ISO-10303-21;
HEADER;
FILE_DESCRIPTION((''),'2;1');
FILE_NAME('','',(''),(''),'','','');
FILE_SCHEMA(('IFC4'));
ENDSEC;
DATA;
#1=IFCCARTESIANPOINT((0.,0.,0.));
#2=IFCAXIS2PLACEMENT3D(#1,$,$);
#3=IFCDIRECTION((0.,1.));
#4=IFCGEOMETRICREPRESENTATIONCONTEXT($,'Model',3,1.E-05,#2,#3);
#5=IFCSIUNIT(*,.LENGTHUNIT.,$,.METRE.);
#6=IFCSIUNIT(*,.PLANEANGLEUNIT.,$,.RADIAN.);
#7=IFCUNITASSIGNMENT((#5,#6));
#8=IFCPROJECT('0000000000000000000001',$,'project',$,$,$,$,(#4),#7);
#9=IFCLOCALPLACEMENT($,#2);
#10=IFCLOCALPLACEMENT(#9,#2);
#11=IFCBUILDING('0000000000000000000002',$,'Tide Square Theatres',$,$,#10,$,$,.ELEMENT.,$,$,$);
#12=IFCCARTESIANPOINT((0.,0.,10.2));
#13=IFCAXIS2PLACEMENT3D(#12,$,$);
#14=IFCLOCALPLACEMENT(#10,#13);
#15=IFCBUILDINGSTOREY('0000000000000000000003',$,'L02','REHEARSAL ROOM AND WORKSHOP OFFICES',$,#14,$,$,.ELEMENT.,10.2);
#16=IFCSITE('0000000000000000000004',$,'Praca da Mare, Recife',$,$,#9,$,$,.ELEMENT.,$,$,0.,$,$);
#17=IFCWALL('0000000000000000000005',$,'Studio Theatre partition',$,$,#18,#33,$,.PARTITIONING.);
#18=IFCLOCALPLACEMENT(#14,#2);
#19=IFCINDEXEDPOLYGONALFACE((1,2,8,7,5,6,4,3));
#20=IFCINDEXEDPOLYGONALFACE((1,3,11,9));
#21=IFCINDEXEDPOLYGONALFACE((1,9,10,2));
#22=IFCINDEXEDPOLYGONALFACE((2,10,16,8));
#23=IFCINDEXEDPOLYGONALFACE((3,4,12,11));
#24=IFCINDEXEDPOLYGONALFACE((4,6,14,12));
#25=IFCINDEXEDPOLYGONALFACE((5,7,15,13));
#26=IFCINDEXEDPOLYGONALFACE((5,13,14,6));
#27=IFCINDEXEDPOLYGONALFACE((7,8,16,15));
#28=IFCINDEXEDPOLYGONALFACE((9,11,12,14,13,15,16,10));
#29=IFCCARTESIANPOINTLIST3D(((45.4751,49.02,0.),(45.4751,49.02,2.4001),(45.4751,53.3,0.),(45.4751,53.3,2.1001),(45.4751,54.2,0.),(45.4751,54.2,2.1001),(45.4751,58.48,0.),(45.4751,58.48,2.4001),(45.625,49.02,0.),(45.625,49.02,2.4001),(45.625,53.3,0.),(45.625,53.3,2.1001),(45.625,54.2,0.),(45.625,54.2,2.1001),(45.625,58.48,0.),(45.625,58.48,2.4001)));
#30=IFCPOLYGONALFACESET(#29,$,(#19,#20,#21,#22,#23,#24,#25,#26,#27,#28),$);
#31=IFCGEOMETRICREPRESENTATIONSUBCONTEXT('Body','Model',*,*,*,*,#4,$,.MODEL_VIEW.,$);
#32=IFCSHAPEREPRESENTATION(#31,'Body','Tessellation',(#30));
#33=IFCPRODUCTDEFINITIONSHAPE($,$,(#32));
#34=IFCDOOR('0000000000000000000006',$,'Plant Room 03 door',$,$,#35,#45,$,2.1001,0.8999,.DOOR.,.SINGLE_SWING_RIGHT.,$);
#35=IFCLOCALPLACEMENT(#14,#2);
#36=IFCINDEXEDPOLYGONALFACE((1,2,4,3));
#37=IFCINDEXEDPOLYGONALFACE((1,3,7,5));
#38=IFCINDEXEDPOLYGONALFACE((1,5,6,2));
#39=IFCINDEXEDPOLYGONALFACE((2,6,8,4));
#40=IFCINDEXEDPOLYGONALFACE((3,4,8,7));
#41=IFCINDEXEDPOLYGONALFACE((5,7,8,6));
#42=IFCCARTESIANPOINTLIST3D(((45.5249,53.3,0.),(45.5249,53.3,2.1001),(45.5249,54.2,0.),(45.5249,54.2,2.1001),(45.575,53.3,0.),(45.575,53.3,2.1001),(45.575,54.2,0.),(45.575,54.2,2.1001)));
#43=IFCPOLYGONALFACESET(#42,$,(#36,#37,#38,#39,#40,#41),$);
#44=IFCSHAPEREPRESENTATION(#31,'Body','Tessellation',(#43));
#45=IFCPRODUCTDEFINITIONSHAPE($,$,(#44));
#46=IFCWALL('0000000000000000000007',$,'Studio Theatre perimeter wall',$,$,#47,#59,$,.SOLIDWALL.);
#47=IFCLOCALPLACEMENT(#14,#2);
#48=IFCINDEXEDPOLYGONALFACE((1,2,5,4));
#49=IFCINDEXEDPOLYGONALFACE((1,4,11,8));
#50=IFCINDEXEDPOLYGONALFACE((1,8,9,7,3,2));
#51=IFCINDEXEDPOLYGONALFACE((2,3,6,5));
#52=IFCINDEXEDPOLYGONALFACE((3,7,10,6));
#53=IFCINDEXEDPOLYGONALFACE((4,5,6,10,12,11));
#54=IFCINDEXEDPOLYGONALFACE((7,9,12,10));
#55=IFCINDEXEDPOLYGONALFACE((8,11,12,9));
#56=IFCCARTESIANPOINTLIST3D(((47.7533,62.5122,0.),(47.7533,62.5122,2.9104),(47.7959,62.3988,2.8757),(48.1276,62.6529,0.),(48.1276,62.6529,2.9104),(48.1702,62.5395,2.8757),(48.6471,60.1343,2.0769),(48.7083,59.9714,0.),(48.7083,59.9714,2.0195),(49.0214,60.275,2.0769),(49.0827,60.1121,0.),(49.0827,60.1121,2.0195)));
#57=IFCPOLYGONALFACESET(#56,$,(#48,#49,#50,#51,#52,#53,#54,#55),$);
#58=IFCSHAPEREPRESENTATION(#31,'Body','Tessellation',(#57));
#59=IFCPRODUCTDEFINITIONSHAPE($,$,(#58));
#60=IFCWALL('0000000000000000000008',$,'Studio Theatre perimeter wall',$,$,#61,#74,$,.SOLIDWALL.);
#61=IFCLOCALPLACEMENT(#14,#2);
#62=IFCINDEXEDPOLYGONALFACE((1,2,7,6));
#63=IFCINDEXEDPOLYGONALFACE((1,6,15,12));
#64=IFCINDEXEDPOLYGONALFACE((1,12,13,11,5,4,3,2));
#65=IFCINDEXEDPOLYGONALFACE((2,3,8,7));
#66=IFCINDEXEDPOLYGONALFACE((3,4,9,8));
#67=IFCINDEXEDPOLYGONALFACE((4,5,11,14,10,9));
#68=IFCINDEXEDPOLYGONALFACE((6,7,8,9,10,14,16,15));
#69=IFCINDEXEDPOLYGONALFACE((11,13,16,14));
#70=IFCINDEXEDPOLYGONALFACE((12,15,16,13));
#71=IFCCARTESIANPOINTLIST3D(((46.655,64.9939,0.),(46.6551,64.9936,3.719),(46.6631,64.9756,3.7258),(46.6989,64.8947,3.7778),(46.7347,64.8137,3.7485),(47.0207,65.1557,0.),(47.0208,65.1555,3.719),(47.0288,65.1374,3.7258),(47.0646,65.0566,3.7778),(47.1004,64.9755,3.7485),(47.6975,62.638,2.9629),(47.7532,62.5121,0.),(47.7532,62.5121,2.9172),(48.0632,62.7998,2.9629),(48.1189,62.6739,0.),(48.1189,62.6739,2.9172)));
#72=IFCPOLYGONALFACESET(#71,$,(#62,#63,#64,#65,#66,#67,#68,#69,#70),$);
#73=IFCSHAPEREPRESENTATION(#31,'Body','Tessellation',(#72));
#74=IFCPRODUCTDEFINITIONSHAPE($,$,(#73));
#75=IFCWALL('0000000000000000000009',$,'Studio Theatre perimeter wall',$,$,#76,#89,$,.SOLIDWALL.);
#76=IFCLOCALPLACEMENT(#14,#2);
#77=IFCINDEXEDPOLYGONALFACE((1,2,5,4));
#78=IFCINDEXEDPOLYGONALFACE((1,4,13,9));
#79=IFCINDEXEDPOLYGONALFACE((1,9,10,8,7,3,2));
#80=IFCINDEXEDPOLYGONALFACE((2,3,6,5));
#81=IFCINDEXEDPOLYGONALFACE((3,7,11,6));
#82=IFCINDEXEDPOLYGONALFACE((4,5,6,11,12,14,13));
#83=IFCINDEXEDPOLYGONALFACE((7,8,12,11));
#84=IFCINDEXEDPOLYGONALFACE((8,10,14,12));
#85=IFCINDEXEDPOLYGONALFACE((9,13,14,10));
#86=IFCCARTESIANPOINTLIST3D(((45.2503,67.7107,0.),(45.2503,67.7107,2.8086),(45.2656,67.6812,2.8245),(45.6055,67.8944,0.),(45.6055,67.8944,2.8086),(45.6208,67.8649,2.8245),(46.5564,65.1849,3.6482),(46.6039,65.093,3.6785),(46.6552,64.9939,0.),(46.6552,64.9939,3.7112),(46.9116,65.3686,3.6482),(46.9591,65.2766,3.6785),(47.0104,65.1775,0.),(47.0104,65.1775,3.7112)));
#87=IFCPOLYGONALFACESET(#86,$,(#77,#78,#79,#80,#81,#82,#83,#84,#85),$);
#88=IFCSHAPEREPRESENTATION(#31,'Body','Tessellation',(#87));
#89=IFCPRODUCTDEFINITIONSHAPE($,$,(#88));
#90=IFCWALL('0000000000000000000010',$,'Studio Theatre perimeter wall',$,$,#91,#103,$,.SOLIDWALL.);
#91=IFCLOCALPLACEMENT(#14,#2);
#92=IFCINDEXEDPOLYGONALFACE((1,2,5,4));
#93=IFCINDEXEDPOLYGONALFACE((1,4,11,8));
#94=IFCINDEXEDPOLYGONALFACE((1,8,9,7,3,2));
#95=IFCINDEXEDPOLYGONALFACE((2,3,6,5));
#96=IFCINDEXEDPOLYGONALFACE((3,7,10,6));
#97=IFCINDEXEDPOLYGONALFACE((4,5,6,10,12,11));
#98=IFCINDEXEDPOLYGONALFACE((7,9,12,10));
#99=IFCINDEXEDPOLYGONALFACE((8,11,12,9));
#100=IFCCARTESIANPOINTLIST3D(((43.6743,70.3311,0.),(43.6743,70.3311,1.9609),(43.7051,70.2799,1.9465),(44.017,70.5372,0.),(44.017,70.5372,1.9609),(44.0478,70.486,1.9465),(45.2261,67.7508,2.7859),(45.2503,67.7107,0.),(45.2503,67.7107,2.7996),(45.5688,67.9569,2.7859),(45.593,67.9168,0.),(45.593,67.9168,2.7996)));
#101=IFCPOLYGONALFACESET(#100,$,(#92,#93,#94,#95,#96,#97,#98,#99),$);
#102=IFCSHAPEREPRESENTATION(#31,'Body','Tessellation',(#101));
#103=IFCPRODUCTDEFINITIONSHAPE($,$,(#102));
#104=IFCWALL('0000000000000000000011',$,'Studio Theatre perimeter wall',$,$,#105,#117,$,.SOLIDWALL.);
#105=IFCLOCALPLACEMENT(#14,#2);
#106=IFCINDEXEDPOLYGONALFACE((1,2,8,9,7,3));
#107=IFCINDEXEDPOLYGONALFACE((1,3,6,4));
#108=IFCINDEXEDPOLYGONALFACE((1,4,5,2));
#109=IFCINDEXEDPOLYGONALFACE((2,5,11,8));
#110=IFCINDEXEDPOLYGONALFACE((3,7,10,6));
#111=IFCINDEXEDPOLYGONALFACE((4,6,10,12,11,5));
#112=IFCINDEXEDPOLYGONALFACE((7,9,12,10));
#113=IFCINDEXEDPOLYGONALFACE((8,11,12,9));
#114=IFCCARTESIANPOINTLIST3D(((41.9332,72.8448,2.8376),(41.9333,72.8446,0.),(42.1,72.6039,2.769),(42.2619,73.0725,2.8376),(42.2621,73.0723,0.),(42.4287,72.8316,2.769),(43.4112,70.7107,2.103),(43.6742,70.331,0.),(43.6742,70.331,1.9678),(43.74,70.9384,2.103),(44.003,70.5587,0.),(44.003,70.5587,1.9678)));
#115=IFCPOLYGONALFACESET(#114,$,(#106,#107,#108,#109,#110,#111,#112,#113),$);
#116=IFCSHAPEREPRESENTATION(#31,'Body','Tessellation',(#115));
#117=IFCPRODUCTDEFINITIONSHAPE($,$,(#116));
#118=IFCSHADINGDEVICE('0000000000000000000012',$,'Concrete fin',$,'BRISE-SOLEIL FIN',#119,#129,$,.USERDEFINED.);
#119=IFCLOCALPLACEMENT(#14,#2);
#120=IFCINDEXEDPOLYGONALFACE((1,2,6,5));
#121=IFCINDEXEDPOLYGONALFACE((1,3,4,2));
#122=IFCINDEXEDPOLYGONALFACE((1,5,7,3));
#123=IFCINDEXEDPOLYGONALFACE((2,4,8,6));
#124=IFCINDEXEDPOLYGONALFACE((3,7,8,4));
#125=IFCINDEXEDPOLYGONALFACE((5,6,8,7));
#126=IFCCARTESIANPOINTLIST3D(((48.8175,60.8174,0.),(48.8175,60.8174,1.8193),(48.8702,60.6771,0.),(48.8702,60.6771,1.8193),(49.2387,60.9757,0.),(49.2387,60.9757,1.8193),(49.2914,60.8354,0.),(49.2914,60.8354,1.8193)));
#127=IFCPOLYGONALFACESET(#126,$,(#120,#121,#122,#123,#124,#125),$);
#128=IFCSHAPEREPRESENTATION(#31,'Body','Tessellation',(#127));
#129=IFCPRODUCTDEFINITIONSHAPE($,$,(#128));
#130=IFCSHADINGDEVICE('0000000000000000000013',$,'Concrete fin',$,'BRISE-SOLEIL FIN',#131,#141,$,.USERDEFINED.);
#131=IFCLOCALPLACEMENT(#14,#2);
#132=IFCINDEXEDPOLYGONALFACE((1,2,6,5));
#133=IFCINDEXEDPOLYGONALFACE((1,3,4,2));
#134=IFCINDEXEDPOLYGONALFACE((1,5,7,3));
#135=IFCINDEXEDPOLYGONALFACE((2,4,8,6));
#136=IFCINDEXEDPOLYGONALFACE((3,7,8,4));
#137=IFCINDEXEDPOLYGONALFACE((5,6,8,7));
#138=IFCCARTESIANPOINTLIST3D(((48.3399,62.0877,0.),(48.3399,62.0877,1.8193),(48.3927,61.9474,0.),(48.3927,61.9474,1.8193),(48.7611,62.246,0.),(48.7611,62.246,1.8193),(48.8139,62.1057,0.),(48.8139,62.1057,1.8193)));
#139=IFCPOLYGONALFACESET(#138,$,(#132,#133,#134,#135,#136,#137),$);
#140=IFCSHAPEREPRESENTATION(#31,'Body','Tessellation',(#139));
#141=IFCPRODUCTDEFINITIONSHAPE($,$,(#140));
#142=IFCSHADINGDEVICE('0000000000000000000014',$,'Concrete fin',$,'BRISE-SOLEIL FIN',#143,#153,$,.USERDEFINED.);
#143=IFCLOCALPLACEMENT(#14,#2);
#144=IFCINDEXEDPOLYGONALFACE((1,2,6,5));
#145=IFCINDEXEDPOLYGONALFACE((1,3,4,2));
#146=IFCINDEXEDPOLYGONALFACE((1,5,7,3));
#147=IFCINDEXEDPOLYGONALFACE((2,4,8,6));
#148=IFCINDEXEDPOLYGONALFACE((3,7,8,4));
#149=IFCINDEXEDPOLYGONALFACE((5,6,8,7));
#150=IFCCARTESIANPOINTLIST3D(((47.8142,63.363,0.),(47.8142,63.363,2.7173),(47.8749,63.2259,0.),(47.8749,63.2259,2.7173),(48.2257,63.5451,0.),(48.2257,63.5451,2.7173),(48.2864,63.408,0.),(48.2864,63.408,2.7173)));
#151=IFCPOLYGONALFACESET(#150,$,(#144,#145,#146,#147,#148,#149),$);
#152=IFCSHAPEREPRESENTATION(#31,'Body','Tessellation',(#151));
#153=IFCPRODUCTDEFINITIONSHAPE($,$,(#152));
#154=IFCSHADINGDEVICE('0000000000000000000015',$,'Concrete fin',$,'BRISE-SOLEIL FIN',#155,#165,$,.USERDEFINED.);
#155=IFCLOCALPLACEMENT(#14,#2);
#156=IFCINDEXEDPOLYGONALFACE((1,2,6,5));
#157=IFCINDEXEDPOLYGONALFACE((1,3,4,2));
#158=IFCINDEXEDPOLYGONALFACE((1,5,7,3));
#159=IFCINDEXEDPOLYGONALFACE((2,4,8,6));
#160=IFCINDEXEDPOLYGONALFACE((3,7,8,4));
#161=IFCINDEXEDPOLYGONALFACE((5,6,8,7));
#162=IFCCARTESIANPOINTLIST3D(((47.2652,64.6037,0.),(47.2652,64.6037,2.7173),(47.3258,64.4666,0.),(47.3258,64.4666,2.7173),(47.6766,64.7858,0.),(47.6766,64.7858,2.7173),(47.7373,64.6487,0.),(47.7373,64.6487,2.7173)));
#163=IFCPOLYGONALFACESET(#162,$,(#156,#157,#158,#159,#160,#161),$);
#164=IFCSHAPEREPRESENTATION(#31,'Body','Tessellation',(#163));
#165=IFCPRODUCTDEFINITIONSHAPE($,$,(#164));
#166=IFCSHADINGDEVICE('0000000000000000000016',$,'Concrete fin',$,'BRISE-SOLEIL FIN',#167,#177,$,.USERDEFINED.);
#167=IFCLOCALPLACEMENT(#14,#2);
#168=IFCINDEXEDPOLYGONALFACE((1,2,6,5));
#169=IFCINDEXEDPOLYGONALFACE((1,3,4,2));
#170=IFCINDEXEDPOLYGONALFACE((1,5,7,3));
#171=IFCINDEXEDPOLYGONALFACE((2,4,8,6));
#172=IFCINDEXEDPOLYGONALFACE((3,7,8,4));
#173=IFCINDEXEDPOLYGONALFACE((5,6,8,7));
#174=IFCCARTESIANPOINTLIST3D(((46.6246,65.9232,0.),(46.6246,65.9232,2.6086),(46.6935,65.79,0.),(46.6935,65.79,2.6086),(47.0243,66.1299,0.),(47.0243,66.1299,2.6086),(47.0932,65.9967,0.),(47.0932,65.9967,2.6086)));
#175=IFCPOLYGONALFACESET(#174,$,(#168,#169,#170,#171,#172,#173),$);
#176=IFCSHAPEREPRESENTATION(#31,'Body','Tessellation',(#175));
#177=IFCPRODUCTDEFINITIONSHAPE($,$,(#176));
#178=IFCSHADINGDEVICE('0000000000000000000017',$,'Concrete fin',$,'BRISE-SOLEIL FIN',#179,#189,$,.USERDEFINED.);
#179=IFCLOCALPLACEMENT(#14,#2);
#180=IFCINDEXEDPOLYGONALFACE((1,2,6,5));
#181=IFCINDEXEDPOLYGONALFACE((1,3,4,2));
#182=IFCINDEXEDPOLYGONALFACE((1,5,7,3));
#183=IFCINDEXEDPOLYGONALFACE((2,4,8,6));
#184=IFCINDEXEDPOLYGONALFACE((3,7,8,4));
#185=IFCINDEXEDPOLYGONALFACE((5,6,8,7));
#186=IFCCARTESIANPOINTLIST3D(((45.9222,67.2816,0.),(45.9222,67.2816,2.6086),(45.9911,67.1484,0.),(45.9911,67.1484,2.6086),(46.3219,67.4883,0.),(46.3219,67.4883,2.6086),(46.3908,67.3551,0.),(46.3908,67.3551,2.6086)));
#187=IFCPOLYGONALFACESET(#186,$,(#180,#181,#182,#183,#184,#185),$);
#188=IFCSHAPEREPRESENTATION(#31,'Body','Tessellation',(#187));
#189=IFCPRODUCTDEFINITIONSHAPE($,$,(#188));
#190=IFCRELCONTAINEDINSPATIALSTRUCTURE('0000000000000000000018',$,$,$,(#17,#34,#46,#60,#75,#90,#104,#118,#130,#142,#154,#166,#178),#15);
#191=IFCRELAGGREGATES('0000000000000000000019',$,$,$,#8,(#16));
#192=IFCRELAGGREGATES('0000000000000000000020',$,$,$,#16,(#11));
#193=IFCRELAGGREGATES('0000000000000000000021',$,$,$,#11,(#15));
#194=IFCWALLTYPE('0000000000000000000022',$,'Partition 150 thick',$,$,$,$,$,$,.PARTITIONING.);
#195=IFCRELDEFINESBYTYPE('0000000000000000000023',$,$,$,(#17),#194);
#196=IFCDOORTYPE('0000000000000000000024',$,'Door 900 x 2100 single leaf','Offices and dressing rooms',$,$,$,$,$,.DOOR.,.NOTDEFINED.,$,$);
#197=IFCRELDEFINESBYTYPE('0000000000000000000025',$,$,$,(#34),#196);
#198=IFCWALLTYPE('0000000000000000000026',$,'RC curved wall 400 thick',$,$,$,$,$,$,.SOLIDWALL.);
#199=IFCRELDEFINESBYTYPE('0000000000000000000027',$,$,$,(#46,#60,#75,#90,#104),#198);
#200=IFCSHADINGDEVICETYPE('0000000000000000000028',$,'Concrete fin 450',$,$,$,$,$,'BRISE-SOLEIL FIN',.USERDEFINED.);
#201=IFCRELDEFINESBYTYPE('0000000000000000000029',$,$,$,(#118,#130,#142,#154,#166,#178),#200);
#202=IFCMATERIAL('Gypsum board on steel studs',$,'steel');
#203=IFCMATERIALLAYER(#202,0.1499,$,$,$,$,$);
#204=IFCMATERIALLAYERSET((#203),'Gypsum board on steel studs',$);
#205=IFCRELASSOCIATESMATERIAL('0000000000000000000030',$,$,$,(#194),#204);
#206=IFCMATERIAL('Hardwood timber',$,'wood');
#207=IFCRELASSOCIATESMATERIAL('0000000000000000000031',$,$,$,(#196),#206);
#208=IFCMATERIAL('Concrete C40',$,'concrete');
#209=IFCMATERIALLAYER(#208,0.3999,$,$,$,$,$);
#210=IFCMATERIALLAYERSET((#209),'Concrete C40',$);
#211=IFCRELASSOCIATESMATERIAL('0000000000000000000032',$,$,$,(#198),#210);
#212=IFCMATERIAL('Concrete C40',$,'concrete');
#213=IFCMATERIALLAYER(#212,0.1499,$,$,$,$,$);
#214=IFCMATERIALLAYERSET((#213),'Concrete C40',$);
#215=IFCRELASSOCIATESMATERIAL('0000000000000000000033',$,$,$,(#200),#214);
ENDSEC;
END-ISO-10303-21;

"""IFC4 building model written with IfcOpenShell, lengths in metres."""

from ifc_helpers import new_model, si_unit, direction, frame, frame_2d, origin, origin_2d, place, context, subcontext, project, spatial, polyline, rectangle, outline, extrude, material, layer, layer_set, type_object, element, fill, save


model = new_model("IFC4")

# Units and contexts
model_context = context("Model", 3, precision=1e-05, world=origin(), true_north=direction((0.0, 1.0)))
body_context = subcontext(model_context, "Body", "Model", "MODEL_VIEW")
ifc_project = project(units=[si_unit("LENGTHUNIT", "METRE"), si_unit("PLANEANGLEUNIT", "RADIAN")], contexts=[model_context])

# Site, building, storey
site_placement = place(None, origin())
site = spatial("IfcSite", under=ifc_project, at=site_placement, Name="Praca da Mare, Recife", CompositionType="ELEMENT", RefElevation=0.0)
building_placement = place(site_placement, origin())
building = spatial("IfcBuilding", under=site, at=building_placement, Name="Tide Square Theatres", CompositionType="ELEMENT")
storey_placement = place(building_placement, frame((0.0, 0.0, 10.2)))
storey = spatial("IfcBuildingStorey", under=building, at=storey_placement, Name="L02", Description="REHEARSAL ROOM AND WORKSHOP OFFICES", CompositionType="ELEMENT", Elevation=10.2)

# Wall, opening, door
ifc_material_1 = material(Name="Gypsum board on steel studs", Category="steel")
ifc_layer_1 = layer(ifc_material_1, 0.1499)
ifc_layer_set_1 = layer_set([ifc_layer_1], Name="Gypsum board on steel studs")
wall_type_1 = type_object("IfcWallType", Name="Partition 150 thick", PredefinedType="PARTITIONING", material=ifc_layer_set_1)
wall_1_placement = place(storey_placement, frame((45.55, 58.48, 0.0), z_axis=(0.0, 0.0, 1.0), x_axis=(0.0, -1.0, 0.0)))
wall_1 = element("IfcWall", 1, at=wall_1_placement, inside=storey, type_object=wall_type_1, Name="Studio Theatre partition", PredefinedType="PARTITIONING", context=body_context, shape_type="SweptSolid", body=[
    extrude(rectangle(XDim=9.46, YDim=0.1499, at=frame_2d((4.73, 0.0))), origin(), (0.0, 0.0, 1.0), 2.4001),
])
opening_placement = place(wall_1_placement, frame((4.28, 0.0, 0.0)))
opening = element("IfcOpeningElement", 2, at=opening_placement, cuts=wall_1, PredefinedType="OPENING", context=body_context, shape_type="SweptSolid", body=[
    extrude(rectangle(XDim=0.8999, YDim=2.1001, at=frame_2d((0.45, 1.05))), frame((0.0, 0.085, 0.0), z_axis=(0.0, -1.0, 0.0), x_axis=(1.0, 0.0, 0.0)), (0.0, 0.0, 1.0), 0.1699),
])
ifc_material_2 = material(Name="Hardwood timber", Category="wood")
door_type = type_object("IfcDoorType", Name="Door 900 x 2100 single leaf", Description="Offices and dressing rooms", OperationType="NOTDEFINED", PredefinedType="DOOR", material=ifc_material_2)
door_placement = place(opening_placement, origin())
door = element("IfcDoor", 3, at=door_placement, inside=storey, type_object=door_type, Name="Plant Room 03 door", OperationType="SINGLE_SWING_RIGHT", OverallHeight=2.1001, OverallWidth=0.8999, PredefinedType="DOOR", context=body_context, shape_type="SweptSolid", body=[
    extrude(rectangle(XDim=0.8999, YDim=2.1001, at=frame_2d((0.45, 1.05))), frame((0.0, 0.0249, 0.0), z_axis=(0.0, -1.0, 0.0), x_axis=(1.0, 0.0, 0.0)), (0.0, 0.0, 1.0), 0.05),
])
fill(opening, door)

# Walls
ifc_material_3 = material(Name="Concrete C40", Category="concrete")
ifc_layer_2 = layer(ifc_material_3, 0.3999)
ifc_layer_set_2 = layer_set([ifc_layer_2], Name="Concrete C40")
wall_type_2 = type_object("IfcWallType", Name="RC curved wall 400 thick", PredefinedType="SOLIDWALL", material=ifc_layer_set_2)
wall_2_placement = place(storey_placement, frame((48.8955, 60.0417, 0.0), z_axis=(0.0, 0.0, 1.0), x_axis=(-0.351863, 0.936052, 0.0)))
element("IfcWall", 4, at=wall_2_placement, inside=storey, type_object=wall_type_2, Name="Studio Theatre perimeter wall", PredefinedType="SOLIDWALL", context=body_context, shape_type="SweptSolid", body=[
    extrude(outline(polyline([(0.0, 0.0), (2.7144, 0.0), (2.7144, 2.9104), (2.5933, 2.8757), (0.1741, 2.0769), (0.0, 2.0195), (0.0, 0.0)])), frame((0.0, 0.2, 0.0), z_axis=(0.0, -1.0, 0.0), x_axis=(1.0, 0.0, 0.0)), (0.0, 0.0, 1.0), 0.3999),
])
wall_3_placement = place(storey_placement, frame((47.936, 62.593, 0.0), z_axis=(0.0, 0.0, 1.0), x_axis=(-0.404652, 0.914471, 0.0)))
element("IfcWall", 5, at=wall_3_placement, inside=storey, type_object=wall_type_2, Name="Studio Theatre perimeter wall", PredefinedType="SOLIDWALL", context=body_context, shape_type="SweptSolid", body=[
    extrude(outline(polyline([(0.0, 0.0), (2.7139, 0.0), (2.7136, 3.719), (2.6938, 3.7258), (2.6055, 3.7778), (2.5168, 3.7485), (0.1377, 2.9629), (0.0, 2.9172), (0.0, 0.0)])), frame((0.0, 0.2, 0.0), z_axis=(0.0, -1.0, 0.0), x_axis=(1.0, 0.0, 0.0)), (0.0, 0.0, 1.0), 0.3999),
])
wall_4_placement = place(storey_placement, frame((46.8328, 65.0857, 0.0), z_axis=(0.0, 0.0, 1.0), x_axis=(-0.459306, 0.888278, 0.0)))
element("IfcWall", 6, at=wall_4_placement, inside=storey, type_object=wall_type_2, Name="Studio Theatre perimeter wall", PredefinedType="SOLIDWALL", context=body_context, shape_type="SweptSolid", body=[
    extrude(outline(polyline([(0.0, 0.0), (3.0586, 0.0), (3.0586, 2.8086), (3.0254, 2.8245), (0.2151, 3.6482), (0.1116, 3.6785), (0.0, 3.7112), (0.0, 0.0)])), frame((0.0, 0.2, 0.0), z_axis=(0.0, -1.0, 0.0), x_axis=(1.0, 0.0, 0.0)), (0.0, 0.0, 1.0), 0.3999),
])
wall_5_placement = place(storey_placement, frame((45.4216, 67.8137, 0.0), z_axis=(0.0, 0.0, 1.0), x_axis=(-0.515388, 0.856957, 0.0)))
element("IfcWall", 7, at=wall_5_placement, inside=storey, type_object=wall_type_2, Name="Studio Theatre perimeter wall", PredefinedType="SOLIDWALL", context=body_context, shape_type="SweptSolid", body=[
    extrude(outline(polyline([(0.0, 0.0), (3.0579, 0.0), (3.0579, 1.9609), (2.998, 1.9465), (0.0469, 2.7859), (0.0, 2.7996), (0.0, 0.0)])), frame((0.0, 0.2, 0.0), z_axis=(0.0, -1.0, 0.0), x_axis=(1.0, 0.0, 0.0)), (0.0, 0.0, 1.0), 0.3999),
])
wall_6_placement = place(storey_placement, frame((43.8386, 70.4448, 0.0), z_axis=(0.0, 0.0, 1.0), x_axis=(-0.569372, 0.82208, 0.0)))
element("IfcWall", 8, at=wall_6_placement, inside=storey, type_object=wall_type_2, Name="Studio Theatre perimeter wall", PredefinedType="SOLIDWALL", context=body_context, shape_type="SweptSolid", body=[
    extrude(outline(polyline([(0.0, 0.0), (3.0576, 0.0), (3.0579, 2.8376), (2.7649, 2.769), (0.4619, 2.103), (0.0, 1.9678), (0.0, 0.0)])), frame((0.0, 0.2, 0.0), z_axis=(0.0, -1.0, 0.0), x_axis=(1.0, 0.0, 0.0)), (0.0, 0.0, 1.0), 0.3999),
])

# Shading devices
ifc_material_4 = material(Name="Concrete C40", Category="concrete")
ifc_layer_3 = layer(ifc_material_4, 0.1499)
ifc_layer_set_3 = layer_set([ifc_layer_3], Name="Concrete C40")
shading_device_type = type_object("IfcShadingDeviceType", Name="Concrete fin 450", ElementType="BRISE-SOLEIL FIN", PredefinedType="USERDEFINED", material=ifc_layer_set_3)
for number, where, z_axis, x_axis, name in (
    (9, (49.0544, 60.8264, 0.0), (0.0, 0.0, 1.0), (-0.351874, 0.936047, 0.0), "Concrete fin"),
    (10, (48.5769, 62.0967, 0.0), (0.0, 0.0, 1.0), (-0.351874, 0.936047, 0.0), "Concrete fin"),
):
    element("IfcShadingDevice", number, at=place(storey_placement, frame(where, z_axis=z_axis, x_axis=x_axis)), inside=storey, type_object=shading_device_type, Name=name, ObjectType="BRISE-SOLEIL FIN", PredefinedType="USERDEFINED", context=body_context, shape_type="SweptSolid", body=[
        extrude(rectangle(XDim=0.1499, YDim=0.45, at=origin_2d()), origin(), (0.0, 0.0, 1.0), 1.8193),
    ])
for number, where, z_axis, x_axis, name in (
    (11, (48.0503, 63.3855, 0.0), (0.0, 0.0, 1.0), (-0.404631, 0.91448, 0.0), "Concrete fin"),
    (12, (47.5012, 64.6262, 0.0), (0.0, 0.0, 1.0), (-0.404631, 0.91448, 0.0), "Concrete fin"),
):
    element("IfcShadingDevice", number, at=place(storey_placement, frame(where, z_axis=z_axis, x_axis=x_axis)), inside=storey, type_object=shading_device_type, Name=name, ObjectType="BRISE-SOLEIL FIN", PredefinedType="USERDEFINED", context=body_context, shape_type="SweptSolid", body=[
        extrude(rectangle(XDim=0.1499, YDim=0.45, at=origin_2d()), origin(), (0.0, 0.0, 1.0), 2.7173),
    ])
for number, where, z_axis, x_axis, name in (
    (13, (46.8589, 65.96, 0.0), (0.0, 0.0, 1.0), (-0.459316, 0.888273, 0.0), "Concrete fin"),
    (14, (46.1565, 67.3184, 0.0), (0.0, 0.0, 1.0), (-0.459316, 0.888273, 0.0), "Concrete fin"),
):
    element("IfcShadingDevice", number, at=place(storey_placement, frame(where, z_axis=z_axis, x_axis=x_axis)), inside=storey, type_object=shading_device_type, Name=name, ObjectType="BRISE-SOLEIL FIN", PredefinedType="USERDEFINED", context=body_context, shape_type="SweptSolid", body=[
        extrude(rectangle(XDim=0.1499, YDim=0.45, at=origin_2d()), origin(), (0.0, 0.0, 1.0), 2.6086),
    ])

save(model, "model.ifc")
